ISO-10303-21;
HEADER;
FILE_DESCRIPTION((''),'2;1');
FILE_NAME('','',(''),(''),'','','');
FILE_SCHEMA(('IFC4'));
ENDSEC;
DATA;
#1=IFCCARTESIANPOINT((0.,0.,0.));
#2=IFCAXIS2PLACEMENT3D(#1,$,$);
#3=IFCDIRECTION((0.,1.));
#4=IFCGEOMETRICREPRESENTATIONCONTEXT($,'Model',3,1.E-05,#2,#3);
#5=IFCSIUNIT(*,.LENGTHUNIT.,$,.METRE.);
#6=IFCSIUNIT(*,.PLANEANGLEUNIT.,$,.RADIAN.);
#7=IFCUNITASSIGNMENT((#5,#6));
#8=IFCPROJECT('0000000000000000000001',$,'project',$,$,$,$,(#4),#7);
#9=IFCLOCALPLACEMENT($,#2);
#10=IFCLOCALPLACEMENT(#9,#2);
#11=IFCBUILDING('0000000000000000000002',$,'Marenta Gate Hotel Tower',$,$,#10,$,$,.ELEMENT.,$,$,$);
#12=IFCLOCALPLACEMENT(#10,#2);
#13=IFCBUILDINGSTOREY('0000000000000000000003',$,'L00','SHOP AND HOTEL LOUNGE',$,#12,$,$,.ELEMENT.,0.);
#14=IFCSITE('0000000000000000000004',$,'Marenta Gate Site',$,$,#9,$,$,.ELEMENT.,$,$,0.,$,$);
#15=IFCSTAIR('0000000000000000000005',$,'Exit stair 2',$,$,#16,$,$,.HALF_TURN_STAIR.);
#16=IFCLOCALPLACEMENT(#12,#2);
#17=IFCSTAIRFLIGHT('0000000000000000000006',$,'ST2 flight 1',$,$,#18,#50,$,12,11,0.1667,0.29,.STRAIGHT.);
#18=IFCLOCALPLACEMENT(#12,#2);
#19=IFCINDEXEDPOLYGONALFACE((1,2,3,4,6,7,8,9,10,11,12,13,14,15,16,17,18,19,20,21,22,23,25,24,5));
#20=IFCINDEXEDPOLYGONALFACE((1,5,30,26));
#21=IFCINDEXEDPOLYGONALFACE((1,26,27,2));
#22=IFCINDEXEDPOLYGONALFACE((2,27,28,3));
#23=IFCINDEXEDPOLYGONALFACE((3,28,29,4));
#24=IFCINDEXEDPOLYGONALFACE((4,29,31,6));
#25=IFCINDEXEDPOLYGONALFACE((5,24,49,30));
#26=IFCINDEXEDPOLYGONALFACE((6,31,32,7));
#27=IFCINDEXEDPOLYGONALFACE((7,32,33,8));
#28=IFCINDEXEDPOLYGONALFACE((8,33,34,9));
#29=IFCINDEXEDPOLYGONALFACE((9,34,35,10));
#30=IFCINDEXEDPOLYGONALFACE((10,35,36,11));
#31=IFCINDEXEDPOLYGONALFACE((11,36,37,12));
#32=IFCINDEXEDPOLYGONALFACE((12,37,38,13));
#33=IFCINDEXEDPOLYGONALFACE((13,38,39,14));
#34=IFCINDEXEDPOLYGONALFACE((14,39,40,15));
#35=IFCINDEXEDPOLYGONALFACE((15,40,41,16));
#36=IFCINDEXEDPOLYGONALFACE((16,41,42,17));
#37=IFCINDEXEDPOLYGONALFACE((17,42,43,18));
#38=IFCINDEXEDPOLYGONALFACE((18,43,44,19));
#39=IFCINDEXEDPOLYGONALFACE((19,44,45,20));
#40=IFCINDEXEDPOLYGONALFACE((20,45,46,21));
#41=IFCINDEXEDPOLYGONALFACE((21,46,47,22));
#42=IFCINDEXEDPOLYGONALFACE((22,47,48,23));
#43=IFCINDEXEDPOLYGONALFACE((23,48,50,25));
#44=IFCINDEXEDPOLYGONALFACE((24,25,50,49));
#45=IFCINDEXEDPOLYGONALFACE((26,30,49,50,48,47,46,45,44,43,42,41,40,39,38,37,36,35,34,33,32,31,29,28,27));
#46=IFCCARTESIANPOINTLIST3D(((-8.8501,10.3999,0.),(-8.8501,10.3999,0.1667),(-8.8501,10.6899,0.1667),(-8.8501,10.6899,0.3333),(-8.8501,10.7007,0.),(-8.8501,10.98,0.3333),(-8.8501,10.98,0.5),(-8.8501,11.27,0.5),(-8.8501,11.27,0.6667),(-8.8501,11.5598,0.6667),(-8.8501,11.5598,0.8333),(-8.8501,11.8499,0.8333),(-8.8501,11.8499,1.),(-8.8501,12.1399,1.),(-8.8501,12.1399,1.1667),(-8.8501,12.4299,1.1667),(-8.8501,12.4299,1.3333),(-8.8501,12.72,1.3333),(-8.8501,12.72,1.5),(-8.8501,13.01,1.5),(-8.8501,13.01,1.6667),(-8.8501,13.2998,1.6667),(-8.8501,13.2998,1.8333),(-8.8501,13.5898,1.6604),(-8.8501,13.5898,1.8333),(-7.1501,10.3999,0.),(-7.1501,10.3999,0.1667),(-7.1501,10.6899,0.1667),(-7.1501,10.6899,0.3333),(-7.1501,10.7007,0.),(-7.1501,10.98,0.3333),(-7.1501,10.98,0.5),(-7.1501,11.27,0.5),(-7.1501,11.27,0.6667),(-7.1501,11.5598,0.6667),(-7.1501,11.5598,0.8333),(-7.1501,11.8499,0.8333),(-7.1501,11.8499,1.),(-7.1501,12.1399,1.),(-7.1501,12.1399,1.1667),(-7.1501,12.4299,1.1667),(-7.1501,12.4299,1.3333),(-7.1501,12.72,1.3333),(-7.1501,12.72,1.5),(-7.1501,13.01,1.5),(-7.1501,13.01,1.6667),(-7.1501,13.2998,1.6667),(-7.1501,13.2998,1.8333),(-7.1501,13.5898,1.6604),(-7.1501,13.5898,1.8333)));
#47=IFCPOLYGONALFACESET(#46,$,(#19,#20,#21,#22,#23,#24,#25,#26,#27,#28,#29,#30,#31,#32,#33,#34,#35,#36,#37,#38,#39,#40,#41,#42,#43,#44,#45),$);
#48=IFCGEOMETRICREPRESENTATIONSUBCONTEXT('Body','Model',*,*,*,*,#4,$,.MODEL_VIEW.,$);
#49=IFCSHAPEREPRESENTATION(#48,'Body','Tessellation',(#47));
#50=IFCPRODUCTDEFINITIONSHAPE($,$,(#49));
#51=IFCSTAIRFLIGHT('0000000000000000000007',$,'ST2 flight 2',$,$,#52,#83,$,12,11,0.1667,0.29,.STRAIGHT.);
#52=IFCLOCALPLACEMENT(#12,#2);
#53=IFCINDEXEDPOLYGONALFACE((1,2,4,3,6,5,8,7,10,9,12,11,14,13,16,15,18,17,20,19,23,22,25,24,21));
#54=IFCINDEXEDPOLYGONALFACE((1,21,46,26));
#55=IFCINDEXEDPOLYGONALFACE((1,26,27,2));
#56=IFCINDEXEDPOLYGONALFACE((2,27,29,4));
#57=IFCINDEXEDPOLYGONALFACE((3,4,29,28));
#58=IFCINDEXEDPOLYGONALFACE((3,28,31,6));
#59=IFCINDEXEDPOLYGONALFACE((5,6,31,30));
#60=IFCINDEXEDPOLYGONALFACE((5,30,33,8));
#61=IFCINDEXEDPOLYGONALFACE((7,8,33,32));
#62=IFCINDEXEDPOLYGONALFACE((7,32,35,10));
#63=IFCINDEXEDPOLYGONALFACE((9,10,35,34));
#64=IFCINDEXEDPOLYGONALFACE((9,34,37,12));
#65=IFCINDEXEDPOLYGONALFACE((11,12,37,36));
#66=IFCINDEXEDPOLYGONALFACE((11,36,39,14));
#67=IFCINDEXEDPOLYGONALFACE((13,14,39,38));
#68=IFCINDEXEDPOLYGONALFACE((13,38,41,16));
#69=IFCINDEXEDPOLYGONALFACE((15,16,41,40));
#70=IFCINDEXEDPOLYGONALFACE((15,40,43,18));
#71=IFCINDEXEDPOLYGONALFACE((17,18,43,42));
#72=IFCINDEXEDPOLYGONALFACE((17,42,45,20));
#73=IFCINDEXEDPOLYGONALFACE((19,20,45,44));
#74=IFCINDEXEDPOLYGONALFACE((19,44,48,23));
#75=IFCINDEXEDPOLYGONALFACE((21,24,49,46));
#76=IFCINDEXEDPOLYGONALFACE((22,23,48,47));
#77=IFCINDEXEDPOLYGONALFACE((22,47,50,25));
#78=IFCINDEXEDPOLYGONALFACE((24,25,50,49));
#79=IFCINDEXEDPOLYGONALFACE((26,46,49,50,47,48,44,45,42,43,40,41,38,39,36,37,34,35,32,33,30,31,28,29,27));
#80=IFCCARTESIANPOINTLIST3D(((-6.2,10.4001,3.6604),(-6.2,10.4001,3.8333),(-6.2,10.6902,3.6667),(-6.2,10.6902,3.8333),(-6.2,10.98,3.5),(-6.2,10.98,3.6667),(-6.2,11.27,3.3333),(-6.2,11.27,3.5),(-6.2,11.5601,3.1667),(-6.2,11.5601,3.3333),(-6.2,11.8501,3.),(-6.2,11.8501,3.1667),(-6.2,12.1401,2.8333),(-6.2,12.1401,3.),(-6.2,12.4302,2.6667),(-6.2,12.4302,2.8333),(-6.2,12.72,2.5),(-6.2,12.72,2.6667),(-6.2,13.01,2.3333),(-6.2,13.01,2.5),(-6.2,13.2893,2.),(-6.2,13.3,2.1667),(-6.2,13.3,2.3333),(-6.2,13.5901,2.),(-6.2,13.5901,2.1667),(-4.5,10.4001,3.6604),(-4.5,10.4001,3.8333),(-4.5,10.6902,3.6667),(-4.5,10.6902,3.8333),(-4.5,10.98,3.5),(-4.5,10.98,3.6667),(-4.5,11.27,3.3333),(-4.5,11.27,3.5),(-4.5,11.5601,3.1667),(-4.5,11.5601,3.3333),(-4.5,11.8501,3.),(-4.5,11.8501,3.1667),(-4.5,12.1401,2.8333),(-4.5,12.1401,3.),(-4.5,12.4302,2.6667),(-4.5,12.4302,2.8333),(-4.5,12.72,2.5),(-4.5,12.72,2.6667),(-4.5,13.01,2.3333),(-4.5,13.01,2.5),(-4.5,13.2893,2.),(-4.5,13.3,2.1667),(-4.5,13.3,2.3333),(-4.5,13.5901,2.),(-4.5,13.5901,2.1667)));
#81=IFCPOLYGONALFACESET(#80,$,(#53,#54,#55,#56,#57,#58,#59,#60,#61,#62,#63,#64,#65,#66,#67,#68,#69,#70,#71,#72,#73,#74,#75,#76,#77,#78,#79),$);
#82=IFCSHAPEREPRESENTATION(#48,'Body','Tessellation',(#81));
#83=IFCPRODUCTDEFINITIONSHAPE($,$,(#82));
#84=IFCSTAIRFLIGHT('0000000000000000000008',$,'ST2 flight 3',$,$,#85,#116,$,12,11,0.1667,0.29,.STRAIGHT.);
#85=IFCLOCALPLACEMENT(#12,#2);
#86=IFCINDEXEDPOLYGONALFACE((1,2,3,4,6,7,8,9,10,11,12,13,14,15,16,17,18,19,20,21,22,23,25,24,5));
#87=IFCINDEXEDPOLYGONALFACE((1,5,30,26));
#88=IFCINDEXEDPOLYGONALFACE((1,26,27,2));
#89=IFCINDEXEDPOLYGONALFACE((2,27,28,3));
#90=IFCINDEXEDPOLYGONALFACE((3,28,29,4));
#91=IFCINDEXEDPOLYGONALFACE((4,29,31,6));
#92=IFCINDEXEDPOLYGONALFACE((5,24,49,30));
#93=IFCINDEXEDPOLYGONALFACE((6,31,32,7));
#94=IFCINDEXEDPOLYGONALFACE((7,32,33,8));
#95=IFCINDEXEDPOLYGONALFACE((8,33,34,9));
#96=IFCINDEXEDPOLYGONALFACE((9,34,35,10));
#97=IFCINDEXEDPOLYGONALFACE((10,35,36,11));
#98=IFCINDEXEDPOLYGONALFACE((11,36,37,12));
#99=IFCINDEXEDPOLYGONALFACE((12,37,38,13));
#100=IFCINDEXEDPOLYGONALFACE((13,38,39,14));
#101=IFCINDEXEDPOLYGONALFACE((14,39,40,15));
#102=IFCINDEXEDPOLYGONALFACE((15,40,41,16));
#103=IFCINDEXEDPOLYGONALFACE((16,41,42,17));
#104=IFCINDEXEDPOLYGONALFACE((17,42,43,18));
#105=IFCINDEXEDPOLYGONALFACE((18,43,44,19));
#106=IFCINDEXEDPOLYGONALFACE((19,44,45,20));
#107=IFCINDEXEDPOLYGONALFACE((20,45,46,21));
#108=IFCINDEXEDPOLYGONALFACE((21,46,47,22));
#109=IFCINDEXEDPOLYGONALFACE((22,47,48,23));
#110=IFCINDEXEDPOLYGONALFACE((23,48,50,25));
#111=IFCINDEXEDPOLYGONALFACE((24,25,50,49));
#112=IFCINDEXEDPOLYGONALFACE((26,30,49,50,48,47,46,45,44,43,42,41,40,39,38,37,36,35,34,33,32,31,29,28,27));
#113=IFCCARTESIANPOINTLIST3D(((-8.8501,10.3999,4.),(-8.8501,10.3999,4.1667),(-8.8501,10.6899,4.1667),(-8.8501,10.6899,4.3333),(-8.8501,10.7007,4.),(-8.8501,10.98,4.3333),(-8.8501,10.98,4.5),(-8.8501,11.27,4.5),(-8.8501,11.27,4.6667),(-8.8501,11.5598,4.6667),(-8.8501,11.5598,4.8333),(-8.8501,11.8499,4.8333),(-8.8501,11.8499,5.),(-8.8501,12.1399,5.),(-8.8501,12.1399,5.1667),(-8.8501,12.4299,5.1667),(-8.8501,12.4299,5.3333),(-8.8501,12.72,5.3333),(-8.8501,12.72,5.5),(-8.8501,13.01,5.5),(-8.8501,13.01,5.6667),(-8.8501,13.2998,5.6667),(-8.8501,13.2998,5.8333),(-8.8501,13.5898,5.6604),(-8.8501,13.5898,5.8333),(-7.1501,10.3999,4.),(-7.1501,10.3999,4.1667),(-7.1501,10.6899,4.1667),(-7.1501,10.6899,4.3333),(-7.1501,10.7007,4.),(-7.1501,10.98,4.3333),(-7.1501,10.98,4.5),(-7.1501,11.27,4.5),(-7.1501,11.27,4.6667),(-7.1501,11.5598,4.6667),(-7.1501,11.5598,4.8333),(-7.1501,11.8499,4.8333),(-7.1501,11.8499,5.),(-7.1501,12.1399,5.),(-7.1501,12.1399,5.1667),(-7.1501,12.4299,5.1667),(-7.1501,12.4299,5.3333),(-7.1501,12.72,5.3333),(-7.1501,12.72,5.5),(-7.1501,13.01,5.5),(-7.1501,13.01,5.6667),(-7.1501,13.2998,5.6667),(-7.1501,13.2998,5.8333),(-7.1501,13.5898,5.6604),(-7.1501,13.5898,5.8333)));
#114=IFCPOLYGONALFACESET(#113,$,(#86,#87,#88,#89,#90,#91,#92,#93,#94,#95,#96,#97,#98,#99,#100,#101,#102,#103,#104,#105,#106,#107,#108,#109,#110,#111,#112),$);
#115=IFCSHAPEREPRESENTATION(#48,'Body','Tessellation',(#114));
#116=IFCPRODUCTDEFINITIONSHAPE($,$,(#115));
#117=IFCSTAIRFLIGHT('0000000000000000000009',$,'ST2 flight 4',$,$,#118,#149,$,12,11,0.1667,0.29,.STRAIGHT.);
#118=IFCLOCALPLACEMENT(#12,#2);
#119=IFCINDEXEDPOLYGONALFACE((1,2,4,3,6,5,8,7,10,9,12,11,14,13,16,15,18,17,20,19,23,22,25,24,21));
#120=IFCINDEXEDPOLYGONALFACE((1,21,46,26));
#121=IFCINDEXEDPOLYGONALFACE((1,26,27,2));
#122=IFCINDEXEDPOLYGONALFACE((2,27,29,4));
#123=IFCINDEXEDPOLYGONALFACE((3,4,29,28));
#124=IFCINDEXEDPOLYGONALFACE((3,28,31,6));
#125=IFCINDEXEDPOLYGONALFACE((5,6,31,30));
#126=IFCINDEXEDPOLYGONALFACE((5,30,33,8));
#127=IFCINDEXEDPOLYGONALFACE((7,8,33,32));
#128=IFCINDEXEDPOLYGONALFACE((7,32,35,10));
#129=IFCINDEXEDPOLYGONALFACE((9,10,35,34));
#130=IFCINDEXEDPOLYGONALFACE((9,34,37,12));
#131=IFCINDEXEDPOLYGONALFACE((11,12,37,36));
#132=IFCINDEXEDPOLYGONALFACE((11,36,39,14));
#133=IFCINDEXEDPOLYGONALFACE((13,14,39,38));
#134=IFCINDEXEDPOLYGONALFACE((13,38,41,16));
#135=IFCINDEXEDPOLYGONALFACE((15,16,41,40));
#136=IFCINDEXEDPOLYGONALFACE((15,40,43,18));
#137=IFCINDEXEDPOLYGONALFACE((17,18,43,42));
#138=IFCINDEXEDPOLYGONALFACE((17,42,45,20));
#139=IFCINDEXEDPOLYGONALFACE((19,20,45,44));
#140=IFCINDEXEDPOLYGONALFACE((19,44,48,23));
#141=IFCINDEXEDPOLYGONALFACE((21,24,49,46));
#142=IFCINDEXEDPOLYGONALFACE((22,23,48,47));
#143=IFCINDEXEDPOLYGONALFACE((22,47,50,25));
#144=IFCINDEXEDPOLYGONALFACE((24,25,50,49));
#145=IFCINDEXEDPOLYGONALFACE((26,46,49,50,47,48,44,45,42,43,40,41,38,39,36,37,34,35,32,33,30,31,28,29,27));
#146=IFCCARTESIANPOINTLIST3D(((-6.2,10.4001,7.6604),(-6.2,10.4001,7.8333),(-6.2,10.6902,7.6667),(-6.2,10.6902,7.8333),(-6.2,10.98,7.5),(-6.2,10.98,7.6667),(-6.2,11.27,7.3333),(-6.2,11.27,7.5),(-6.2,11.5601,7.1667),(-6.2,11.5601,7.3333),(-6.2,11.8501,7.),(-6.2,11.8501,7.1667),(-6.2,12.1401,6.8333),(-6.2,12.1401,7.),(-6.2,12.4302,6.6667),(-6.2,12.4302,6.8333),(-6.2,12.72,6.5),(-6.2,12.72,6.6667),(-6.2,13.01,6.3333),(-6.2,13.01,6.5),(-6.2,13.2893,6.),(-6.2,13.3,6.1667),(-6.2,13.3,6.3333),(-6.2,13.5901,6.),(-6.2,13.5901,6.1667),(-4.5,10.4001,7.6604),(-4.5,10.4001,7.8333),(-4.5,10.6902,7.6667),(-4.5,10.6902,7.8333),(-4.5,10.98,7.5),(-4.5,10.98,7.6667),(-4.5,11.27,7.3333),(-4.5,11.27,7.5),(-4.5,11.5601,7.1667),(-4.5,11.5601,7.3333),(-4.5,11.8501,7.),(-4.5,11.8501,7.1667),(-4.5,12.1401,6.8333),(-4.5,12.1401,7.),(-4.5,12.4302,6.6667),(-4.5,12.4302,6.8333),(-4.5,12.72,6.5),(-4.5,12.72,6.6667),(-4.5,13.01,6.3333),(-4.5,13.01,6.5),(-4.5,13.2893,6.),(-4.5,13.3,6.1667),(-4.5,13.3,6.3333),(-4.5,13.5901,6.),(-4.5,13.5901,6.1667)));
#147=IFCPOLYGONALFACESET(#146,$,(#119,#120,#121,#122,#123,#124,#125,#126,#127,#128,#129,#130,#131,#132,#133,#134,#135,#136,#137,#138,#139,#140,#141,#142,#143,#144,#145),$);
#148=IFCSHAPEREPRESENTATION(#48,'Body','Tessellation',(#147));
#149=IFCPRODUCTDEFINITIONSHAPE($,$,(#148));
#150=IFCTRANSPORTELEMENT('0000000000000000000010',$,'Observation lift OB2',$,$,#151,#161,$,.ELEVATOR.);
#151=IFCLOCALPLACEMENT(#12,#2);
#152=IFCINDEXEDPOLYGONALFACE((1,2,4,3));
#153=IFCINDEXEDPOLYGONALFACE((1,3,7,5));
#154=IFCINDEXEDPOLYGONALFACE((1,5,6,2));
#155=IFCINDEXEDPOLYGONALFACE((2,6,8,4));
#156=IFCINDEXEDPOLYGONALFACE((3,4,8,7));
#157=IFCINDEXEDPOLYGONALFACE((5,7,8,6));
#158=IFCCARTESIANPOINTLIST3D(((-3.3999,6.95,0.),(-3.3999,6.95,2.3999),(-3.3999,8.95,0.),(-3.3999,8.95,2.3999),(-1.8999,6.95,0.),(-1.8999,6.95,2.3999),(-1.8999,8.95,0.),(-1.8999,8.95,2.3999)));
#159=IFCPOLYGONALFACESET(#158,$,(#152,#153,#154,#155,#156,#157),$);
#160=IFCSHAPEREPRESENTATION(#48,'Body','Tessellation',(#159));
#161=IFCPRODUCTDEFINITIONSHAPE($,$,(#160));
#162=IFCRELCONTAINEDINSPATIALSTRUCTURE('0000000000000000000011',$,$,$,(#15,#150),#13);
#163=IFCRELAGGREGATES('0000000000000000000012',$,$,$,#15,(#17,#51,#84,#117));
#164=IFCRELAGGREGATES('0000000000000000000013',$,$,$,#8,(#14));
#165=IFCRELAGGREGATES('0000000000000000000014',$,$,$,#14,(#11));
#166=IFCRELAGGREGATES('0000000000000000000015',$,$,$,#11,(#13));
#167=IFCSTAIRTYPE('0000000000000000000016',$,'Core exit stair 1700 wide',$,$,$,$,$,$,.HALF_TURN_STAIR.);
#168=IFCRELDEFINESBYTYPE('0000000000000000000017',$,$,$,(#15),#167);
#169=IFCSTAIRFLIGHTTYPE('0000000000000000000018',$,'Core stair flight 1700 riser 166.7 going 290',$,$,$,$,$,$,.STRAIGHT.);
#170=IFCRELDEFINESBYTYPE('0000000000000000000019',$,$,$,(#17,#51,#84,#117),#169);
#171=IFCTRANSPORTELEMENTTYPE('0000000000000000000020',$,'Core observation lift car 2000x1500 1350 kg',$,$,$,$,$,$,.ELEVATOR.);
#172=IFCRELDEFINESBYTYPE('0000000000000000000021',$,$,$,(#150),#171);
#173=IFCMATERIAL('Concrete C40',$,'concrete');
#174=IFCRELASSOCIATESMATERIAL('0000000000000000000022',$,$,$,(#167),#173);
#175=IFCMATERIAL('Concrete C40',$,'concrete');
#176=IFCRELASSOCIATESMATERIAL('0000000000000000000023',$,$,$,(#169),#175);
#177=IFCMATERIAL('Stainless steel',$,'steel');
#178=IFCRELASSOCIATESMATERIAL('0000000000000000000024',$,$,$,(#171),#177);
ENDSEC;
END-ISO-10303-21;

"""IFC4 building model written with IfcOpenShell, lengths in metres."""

from ifc_helpers import new_model, si_unit, direction, frame, origin, origin_2d, place, context, subcontext, project, spatial, polyline, rectangle, outline, extrude, material, type_object, element, aggregate, save


model = new_model("IFC4")

# Units and contexts
model_context = context("Model", 3, precision=1e-05, world=origin(), true_north=direction((0.0, 1.0)))
body_context = subcontext(model_context, "Body", "Model", "MODEL_VIEW")
ifc_project = project(units=[si_unit("LENGTHUNIT", "METRE"), si_unit("PLANEANGLEUNIT", "RADIAN")], contexts=[model_context])

# Site, building, storey
site_placement = place(None, origin())
site = spatial("IfcSite", under=ifc_project, at=site_placement, Name="Marenta Gate Site", CompositionType="ELEMENT", RefElevation=0.0)
building_placement = place(site_placement, origin())
building = spatial("IfcBuilding", under=site, at=building_placement, Name="Marenta Gate Hotel Tower", CompositionType="ELEMENT")
storey_placement = place(building_placement, origin())
storey = spatial("IfcBuildingStorey", under=building, at=storey_placement, Name="L00", Description="SHOP AND HOTEL LOUNGE", CompositionType="ELEMENT", Elevation=0.0)

# Stair, stair flights
ifc_material_1 = material(Name="Concrete C40", Category="concrete")
stair_type = type_object("IfcStairType", Name="Core exit stair 1700 wide", PredefinedType="HALF_TURN_STAIR", material=ifc_material_1)
stair_placement = place(storey_placement, origin())
stair = element("IfcStair", 1, at=stair_placement, inside=storey, type_object=stair_type, Name="Exit stair 2", PredefinedType="HALF_TURN_STAIR")
ifc_material_2 = material(Name="Concrete C40", Category="concrete")
stair_flight_type = type_object("IfcStairFlightType", Name="Core stair flight 1700 riser 166.7 going 290", PredefinedType="STRAIGHT", material=ifc_material_2)
stair_flight_1_placement = place(storey_placement, frame((-8.0, 10.3999, 0.0), z_axis=(0.0, 0.0, 1.0), x_axis=(0.0, 1.0, 0.0)))
stair_flight_1 = element("IfcStairFlight", 2, at=stair_flight_1_placement, type_object=stair_flight_type, Name="ST2 flight 1", NumberOfRisers=12, NumberOfTreads=11, PredefinedType="STRAIGHT", RiserHeight=0.1667, TreadLength=0.29, context=body_context, shape_type="SweptSolid", body=[
    extrude(outline(polyline([(0.0, 0.0), (0.0, 0.1667), (0.29, 0.1667), (0.29, 0.3333), (0.5801, 0.3333), (0.5801, 0.5), (0.8701, 0.5), (0.8701, 0.6667), (1.1599, 0.6667), (1.1599, 0.8333), (1.45, 0.8333), (1.45, 1.0), (1.74, 1.0), (1.74, 1.1667), (2.03, 1.1667), (2.03, 1.3333), (2.3201, 1.3333), (2.3201, 1.5), (2.6101, 1.5), (2.6101, 1.6667), (2.8999, 1.6667), (2.8999, 1.8333), (3.1899, 1.8333), (3.1899, 2.0), (3.1899, 1.6604), (0.3008, 0.0), (0.0, 0.0)])), frame((0.0, 0.8501, 0.0), z_axis=(0.0, -1.0, 0.0), x_axis=(1.0, 0.0, 0.0)), (0.0, 0.0, 1.0), 1.7),
])
stair_flight_2_placement = place(storey_placement, frame((-5.3501, 13.5901, 2.0), z_axis=(0.0, 0.0, 1.0), x_axis=(0.0, -1.0, 0.0)))
stair_flight_2 = element("IfcStairFlight", 3, at=stair_flight_2_placement, type_object=stair_flight_type, Name="ST2 flight 2", NumberOfRisers=12, NumberOfTreads=11, PredefinedType="STRAIGHT", RiserHeight=0.1667, TreadLength=0.29, context=body_context, shape_type="SweptSolid", body=[
    extrude(outline(polyline([(0.0, 0.0), (0.0, 0.1667), (0.29, 0.1667), (0.29, 0.3333), (0.5801, 0.3333), (0.5801, 0.5), (0.8701, 0.5), (0.8701, 0.6667), (1.1599, 0.6667), (1.1599, 0.8333), (1.45, 0.8333), (1.45, 1.0), (1.74, 1.0), (1.74, 1.1667), (2.03, 1.1667), (2.03, 1.3333), (2.3201, 1.3333), (2.3201, 1.5), (2.6101, 1.5), (2.6101, 1.6667), (2.8999, 1.6667), (2.8999, 1.8333), (3.1899, 1.8333), (3.1899, 2.0), (3.1899, 1.6604), (0.3008, 0.0), (0.0, 0.0)])), frame((0.0, 0.8501, 0.0), z_axis=(0.0, -1.0, 0.0), x_axis=(1.0, 0.0, 0.0)), (0.0, 0.0, 1.0), 1.7),
])
stair_flight_3_placement = place(storey_placement, frame((-8.0, 10.3999, 4.0), z_axis=(0.0, 0.0, 1.0), x_axis=(0.0, 1.0, 0.0)))
stair_flight_3 = element("IfcStairFlight", 4, at=stair_flight_3_placement, type_object=stair_flight_type, Name="ST2 flight 3", NumberOfRisers=12, NumberOfTreads=11, PredefinedType="STRAIGHT", RiserHeight=0.1667, TreadLength=0.29, context=body_context, shape_type="SweptSolid", body=[
    extrude(outline(polyline([(0.0, 0.0), (0.0, 0.1667), (0.29, 0.1667), (0.29, 0.3333), (0.5801, 0.3333), (0.5801, 0.5), (0.8701, 0.5), (0.8701, 0.6667), (1.1599, 0.6667), (1.1599, 0.8333), (1.45, 0.8333), (1.45, 1.0), (1.74, 1.0), (1.74, 1.1667), (2.03, 1.1667), (2.03, 1.3333), (2.3201, 1.3333), (2.3201, 1.5), (2.6101, 1.5), (2.6101, 1.6667), (2.8999, 1.6667), (2.8999, 1.8333), (3.1899, 1.8333), (3.1899, 2.0), (3.1899, 1.6604), (0.3008, 0.0), (0.0, 0.0)])), frame((0.0, 0.8501, 0.0), z_axis=(0.0, -1.0, 0.0), x_axis=(1.0, 0.0, 0.0)), (0.0, 0.0, 1.0), 1.7),
])
stair_flight_4_placement = place(storey_placement, frame((-5.3501, 13.5901, 6.0), z_axis=(0.0, 0.0, 1.0), x_axis=(0.0, -1.0, 0.0)))
stair_flight_4 = element("IfcStairFlight", 5, at=stair_flight_4_placement, type_object=stair_flight_type, Name="ST2 flight 4", NumberOfRisers=12, NumberOfTreads=11, PredefinedType="STRAIGHT", RiserHeight=0.1667, TreadLength=0.29, context=body_context, shape_type="SweptSolid", body=[
    extrude(outline(polyline([(0.0, 0.0), (0.0, 0.1667), (0.29, 0.1667), (0.29, 0.3333), (0.5801, 0.3333), (0.5801, 0.5), (0.8701, 0.5), (0.8701, 0.6667), (1.1599, 0.6667), (1.1599, 0.8333), (1.45, 0.8333), (1.45, 1.0), (1.74, 1.0), (1.74, 1.1667), (2.03, 1.1667), (2.03, 1.3333), (2.3201, 1.3333), (2.3201, 1.5), (2.6101, 1.5), (2.6101, 1.6667), (2.8999, 1.6667), (2.8999, 1.8333), (3.1899, 1.8333), (3.1899, 2.0), (3.1899, 1.6604), (0.3008, 0.0), (0.0, 0.0)])), frame((0.0, 0.8501, 0.0), z_axis=(0.0, -1.0, 0.0), x_axis=(1.0, 0.0, 0.0)), (0.0, 0.0, 1.0), 1.7),
])
aggregate(stair, [stair_flight_1, stair_flight_2, stair_flight_3, stair_flight_4])

# Transport element
ifc_material_3 = material(Name="Stainless steel", Category="steel")
transport_element_type = type_object("IfcTransportElementType", Name="Core observation lift car 2000x1500 1350 kg", PredefinedType="ELEVATOR", material=ifc_material_3)
transport_element_placement = place(storey_placement, frame((-2.6499, 7.95, 0.0), z_axis=(0.0, 0.0, 1.0), x_axis=(1.0, 0.0, 0.0)))
element("IfcTransportElement", 6, at=transport_element_placement, inside=storey, type_object=transport_element_type, Name="Observation lift OB2", PredefinedType="ELEVATOR", context=body_context, shape_type="SweptSolid", body=[
    extrude(rectangle(XDim=1.5, YDim=2.0, at=origin_2d()), origin(), (0.0, 0.0, 1.0), 2.3999),
])

save(model, "model.ifc")
